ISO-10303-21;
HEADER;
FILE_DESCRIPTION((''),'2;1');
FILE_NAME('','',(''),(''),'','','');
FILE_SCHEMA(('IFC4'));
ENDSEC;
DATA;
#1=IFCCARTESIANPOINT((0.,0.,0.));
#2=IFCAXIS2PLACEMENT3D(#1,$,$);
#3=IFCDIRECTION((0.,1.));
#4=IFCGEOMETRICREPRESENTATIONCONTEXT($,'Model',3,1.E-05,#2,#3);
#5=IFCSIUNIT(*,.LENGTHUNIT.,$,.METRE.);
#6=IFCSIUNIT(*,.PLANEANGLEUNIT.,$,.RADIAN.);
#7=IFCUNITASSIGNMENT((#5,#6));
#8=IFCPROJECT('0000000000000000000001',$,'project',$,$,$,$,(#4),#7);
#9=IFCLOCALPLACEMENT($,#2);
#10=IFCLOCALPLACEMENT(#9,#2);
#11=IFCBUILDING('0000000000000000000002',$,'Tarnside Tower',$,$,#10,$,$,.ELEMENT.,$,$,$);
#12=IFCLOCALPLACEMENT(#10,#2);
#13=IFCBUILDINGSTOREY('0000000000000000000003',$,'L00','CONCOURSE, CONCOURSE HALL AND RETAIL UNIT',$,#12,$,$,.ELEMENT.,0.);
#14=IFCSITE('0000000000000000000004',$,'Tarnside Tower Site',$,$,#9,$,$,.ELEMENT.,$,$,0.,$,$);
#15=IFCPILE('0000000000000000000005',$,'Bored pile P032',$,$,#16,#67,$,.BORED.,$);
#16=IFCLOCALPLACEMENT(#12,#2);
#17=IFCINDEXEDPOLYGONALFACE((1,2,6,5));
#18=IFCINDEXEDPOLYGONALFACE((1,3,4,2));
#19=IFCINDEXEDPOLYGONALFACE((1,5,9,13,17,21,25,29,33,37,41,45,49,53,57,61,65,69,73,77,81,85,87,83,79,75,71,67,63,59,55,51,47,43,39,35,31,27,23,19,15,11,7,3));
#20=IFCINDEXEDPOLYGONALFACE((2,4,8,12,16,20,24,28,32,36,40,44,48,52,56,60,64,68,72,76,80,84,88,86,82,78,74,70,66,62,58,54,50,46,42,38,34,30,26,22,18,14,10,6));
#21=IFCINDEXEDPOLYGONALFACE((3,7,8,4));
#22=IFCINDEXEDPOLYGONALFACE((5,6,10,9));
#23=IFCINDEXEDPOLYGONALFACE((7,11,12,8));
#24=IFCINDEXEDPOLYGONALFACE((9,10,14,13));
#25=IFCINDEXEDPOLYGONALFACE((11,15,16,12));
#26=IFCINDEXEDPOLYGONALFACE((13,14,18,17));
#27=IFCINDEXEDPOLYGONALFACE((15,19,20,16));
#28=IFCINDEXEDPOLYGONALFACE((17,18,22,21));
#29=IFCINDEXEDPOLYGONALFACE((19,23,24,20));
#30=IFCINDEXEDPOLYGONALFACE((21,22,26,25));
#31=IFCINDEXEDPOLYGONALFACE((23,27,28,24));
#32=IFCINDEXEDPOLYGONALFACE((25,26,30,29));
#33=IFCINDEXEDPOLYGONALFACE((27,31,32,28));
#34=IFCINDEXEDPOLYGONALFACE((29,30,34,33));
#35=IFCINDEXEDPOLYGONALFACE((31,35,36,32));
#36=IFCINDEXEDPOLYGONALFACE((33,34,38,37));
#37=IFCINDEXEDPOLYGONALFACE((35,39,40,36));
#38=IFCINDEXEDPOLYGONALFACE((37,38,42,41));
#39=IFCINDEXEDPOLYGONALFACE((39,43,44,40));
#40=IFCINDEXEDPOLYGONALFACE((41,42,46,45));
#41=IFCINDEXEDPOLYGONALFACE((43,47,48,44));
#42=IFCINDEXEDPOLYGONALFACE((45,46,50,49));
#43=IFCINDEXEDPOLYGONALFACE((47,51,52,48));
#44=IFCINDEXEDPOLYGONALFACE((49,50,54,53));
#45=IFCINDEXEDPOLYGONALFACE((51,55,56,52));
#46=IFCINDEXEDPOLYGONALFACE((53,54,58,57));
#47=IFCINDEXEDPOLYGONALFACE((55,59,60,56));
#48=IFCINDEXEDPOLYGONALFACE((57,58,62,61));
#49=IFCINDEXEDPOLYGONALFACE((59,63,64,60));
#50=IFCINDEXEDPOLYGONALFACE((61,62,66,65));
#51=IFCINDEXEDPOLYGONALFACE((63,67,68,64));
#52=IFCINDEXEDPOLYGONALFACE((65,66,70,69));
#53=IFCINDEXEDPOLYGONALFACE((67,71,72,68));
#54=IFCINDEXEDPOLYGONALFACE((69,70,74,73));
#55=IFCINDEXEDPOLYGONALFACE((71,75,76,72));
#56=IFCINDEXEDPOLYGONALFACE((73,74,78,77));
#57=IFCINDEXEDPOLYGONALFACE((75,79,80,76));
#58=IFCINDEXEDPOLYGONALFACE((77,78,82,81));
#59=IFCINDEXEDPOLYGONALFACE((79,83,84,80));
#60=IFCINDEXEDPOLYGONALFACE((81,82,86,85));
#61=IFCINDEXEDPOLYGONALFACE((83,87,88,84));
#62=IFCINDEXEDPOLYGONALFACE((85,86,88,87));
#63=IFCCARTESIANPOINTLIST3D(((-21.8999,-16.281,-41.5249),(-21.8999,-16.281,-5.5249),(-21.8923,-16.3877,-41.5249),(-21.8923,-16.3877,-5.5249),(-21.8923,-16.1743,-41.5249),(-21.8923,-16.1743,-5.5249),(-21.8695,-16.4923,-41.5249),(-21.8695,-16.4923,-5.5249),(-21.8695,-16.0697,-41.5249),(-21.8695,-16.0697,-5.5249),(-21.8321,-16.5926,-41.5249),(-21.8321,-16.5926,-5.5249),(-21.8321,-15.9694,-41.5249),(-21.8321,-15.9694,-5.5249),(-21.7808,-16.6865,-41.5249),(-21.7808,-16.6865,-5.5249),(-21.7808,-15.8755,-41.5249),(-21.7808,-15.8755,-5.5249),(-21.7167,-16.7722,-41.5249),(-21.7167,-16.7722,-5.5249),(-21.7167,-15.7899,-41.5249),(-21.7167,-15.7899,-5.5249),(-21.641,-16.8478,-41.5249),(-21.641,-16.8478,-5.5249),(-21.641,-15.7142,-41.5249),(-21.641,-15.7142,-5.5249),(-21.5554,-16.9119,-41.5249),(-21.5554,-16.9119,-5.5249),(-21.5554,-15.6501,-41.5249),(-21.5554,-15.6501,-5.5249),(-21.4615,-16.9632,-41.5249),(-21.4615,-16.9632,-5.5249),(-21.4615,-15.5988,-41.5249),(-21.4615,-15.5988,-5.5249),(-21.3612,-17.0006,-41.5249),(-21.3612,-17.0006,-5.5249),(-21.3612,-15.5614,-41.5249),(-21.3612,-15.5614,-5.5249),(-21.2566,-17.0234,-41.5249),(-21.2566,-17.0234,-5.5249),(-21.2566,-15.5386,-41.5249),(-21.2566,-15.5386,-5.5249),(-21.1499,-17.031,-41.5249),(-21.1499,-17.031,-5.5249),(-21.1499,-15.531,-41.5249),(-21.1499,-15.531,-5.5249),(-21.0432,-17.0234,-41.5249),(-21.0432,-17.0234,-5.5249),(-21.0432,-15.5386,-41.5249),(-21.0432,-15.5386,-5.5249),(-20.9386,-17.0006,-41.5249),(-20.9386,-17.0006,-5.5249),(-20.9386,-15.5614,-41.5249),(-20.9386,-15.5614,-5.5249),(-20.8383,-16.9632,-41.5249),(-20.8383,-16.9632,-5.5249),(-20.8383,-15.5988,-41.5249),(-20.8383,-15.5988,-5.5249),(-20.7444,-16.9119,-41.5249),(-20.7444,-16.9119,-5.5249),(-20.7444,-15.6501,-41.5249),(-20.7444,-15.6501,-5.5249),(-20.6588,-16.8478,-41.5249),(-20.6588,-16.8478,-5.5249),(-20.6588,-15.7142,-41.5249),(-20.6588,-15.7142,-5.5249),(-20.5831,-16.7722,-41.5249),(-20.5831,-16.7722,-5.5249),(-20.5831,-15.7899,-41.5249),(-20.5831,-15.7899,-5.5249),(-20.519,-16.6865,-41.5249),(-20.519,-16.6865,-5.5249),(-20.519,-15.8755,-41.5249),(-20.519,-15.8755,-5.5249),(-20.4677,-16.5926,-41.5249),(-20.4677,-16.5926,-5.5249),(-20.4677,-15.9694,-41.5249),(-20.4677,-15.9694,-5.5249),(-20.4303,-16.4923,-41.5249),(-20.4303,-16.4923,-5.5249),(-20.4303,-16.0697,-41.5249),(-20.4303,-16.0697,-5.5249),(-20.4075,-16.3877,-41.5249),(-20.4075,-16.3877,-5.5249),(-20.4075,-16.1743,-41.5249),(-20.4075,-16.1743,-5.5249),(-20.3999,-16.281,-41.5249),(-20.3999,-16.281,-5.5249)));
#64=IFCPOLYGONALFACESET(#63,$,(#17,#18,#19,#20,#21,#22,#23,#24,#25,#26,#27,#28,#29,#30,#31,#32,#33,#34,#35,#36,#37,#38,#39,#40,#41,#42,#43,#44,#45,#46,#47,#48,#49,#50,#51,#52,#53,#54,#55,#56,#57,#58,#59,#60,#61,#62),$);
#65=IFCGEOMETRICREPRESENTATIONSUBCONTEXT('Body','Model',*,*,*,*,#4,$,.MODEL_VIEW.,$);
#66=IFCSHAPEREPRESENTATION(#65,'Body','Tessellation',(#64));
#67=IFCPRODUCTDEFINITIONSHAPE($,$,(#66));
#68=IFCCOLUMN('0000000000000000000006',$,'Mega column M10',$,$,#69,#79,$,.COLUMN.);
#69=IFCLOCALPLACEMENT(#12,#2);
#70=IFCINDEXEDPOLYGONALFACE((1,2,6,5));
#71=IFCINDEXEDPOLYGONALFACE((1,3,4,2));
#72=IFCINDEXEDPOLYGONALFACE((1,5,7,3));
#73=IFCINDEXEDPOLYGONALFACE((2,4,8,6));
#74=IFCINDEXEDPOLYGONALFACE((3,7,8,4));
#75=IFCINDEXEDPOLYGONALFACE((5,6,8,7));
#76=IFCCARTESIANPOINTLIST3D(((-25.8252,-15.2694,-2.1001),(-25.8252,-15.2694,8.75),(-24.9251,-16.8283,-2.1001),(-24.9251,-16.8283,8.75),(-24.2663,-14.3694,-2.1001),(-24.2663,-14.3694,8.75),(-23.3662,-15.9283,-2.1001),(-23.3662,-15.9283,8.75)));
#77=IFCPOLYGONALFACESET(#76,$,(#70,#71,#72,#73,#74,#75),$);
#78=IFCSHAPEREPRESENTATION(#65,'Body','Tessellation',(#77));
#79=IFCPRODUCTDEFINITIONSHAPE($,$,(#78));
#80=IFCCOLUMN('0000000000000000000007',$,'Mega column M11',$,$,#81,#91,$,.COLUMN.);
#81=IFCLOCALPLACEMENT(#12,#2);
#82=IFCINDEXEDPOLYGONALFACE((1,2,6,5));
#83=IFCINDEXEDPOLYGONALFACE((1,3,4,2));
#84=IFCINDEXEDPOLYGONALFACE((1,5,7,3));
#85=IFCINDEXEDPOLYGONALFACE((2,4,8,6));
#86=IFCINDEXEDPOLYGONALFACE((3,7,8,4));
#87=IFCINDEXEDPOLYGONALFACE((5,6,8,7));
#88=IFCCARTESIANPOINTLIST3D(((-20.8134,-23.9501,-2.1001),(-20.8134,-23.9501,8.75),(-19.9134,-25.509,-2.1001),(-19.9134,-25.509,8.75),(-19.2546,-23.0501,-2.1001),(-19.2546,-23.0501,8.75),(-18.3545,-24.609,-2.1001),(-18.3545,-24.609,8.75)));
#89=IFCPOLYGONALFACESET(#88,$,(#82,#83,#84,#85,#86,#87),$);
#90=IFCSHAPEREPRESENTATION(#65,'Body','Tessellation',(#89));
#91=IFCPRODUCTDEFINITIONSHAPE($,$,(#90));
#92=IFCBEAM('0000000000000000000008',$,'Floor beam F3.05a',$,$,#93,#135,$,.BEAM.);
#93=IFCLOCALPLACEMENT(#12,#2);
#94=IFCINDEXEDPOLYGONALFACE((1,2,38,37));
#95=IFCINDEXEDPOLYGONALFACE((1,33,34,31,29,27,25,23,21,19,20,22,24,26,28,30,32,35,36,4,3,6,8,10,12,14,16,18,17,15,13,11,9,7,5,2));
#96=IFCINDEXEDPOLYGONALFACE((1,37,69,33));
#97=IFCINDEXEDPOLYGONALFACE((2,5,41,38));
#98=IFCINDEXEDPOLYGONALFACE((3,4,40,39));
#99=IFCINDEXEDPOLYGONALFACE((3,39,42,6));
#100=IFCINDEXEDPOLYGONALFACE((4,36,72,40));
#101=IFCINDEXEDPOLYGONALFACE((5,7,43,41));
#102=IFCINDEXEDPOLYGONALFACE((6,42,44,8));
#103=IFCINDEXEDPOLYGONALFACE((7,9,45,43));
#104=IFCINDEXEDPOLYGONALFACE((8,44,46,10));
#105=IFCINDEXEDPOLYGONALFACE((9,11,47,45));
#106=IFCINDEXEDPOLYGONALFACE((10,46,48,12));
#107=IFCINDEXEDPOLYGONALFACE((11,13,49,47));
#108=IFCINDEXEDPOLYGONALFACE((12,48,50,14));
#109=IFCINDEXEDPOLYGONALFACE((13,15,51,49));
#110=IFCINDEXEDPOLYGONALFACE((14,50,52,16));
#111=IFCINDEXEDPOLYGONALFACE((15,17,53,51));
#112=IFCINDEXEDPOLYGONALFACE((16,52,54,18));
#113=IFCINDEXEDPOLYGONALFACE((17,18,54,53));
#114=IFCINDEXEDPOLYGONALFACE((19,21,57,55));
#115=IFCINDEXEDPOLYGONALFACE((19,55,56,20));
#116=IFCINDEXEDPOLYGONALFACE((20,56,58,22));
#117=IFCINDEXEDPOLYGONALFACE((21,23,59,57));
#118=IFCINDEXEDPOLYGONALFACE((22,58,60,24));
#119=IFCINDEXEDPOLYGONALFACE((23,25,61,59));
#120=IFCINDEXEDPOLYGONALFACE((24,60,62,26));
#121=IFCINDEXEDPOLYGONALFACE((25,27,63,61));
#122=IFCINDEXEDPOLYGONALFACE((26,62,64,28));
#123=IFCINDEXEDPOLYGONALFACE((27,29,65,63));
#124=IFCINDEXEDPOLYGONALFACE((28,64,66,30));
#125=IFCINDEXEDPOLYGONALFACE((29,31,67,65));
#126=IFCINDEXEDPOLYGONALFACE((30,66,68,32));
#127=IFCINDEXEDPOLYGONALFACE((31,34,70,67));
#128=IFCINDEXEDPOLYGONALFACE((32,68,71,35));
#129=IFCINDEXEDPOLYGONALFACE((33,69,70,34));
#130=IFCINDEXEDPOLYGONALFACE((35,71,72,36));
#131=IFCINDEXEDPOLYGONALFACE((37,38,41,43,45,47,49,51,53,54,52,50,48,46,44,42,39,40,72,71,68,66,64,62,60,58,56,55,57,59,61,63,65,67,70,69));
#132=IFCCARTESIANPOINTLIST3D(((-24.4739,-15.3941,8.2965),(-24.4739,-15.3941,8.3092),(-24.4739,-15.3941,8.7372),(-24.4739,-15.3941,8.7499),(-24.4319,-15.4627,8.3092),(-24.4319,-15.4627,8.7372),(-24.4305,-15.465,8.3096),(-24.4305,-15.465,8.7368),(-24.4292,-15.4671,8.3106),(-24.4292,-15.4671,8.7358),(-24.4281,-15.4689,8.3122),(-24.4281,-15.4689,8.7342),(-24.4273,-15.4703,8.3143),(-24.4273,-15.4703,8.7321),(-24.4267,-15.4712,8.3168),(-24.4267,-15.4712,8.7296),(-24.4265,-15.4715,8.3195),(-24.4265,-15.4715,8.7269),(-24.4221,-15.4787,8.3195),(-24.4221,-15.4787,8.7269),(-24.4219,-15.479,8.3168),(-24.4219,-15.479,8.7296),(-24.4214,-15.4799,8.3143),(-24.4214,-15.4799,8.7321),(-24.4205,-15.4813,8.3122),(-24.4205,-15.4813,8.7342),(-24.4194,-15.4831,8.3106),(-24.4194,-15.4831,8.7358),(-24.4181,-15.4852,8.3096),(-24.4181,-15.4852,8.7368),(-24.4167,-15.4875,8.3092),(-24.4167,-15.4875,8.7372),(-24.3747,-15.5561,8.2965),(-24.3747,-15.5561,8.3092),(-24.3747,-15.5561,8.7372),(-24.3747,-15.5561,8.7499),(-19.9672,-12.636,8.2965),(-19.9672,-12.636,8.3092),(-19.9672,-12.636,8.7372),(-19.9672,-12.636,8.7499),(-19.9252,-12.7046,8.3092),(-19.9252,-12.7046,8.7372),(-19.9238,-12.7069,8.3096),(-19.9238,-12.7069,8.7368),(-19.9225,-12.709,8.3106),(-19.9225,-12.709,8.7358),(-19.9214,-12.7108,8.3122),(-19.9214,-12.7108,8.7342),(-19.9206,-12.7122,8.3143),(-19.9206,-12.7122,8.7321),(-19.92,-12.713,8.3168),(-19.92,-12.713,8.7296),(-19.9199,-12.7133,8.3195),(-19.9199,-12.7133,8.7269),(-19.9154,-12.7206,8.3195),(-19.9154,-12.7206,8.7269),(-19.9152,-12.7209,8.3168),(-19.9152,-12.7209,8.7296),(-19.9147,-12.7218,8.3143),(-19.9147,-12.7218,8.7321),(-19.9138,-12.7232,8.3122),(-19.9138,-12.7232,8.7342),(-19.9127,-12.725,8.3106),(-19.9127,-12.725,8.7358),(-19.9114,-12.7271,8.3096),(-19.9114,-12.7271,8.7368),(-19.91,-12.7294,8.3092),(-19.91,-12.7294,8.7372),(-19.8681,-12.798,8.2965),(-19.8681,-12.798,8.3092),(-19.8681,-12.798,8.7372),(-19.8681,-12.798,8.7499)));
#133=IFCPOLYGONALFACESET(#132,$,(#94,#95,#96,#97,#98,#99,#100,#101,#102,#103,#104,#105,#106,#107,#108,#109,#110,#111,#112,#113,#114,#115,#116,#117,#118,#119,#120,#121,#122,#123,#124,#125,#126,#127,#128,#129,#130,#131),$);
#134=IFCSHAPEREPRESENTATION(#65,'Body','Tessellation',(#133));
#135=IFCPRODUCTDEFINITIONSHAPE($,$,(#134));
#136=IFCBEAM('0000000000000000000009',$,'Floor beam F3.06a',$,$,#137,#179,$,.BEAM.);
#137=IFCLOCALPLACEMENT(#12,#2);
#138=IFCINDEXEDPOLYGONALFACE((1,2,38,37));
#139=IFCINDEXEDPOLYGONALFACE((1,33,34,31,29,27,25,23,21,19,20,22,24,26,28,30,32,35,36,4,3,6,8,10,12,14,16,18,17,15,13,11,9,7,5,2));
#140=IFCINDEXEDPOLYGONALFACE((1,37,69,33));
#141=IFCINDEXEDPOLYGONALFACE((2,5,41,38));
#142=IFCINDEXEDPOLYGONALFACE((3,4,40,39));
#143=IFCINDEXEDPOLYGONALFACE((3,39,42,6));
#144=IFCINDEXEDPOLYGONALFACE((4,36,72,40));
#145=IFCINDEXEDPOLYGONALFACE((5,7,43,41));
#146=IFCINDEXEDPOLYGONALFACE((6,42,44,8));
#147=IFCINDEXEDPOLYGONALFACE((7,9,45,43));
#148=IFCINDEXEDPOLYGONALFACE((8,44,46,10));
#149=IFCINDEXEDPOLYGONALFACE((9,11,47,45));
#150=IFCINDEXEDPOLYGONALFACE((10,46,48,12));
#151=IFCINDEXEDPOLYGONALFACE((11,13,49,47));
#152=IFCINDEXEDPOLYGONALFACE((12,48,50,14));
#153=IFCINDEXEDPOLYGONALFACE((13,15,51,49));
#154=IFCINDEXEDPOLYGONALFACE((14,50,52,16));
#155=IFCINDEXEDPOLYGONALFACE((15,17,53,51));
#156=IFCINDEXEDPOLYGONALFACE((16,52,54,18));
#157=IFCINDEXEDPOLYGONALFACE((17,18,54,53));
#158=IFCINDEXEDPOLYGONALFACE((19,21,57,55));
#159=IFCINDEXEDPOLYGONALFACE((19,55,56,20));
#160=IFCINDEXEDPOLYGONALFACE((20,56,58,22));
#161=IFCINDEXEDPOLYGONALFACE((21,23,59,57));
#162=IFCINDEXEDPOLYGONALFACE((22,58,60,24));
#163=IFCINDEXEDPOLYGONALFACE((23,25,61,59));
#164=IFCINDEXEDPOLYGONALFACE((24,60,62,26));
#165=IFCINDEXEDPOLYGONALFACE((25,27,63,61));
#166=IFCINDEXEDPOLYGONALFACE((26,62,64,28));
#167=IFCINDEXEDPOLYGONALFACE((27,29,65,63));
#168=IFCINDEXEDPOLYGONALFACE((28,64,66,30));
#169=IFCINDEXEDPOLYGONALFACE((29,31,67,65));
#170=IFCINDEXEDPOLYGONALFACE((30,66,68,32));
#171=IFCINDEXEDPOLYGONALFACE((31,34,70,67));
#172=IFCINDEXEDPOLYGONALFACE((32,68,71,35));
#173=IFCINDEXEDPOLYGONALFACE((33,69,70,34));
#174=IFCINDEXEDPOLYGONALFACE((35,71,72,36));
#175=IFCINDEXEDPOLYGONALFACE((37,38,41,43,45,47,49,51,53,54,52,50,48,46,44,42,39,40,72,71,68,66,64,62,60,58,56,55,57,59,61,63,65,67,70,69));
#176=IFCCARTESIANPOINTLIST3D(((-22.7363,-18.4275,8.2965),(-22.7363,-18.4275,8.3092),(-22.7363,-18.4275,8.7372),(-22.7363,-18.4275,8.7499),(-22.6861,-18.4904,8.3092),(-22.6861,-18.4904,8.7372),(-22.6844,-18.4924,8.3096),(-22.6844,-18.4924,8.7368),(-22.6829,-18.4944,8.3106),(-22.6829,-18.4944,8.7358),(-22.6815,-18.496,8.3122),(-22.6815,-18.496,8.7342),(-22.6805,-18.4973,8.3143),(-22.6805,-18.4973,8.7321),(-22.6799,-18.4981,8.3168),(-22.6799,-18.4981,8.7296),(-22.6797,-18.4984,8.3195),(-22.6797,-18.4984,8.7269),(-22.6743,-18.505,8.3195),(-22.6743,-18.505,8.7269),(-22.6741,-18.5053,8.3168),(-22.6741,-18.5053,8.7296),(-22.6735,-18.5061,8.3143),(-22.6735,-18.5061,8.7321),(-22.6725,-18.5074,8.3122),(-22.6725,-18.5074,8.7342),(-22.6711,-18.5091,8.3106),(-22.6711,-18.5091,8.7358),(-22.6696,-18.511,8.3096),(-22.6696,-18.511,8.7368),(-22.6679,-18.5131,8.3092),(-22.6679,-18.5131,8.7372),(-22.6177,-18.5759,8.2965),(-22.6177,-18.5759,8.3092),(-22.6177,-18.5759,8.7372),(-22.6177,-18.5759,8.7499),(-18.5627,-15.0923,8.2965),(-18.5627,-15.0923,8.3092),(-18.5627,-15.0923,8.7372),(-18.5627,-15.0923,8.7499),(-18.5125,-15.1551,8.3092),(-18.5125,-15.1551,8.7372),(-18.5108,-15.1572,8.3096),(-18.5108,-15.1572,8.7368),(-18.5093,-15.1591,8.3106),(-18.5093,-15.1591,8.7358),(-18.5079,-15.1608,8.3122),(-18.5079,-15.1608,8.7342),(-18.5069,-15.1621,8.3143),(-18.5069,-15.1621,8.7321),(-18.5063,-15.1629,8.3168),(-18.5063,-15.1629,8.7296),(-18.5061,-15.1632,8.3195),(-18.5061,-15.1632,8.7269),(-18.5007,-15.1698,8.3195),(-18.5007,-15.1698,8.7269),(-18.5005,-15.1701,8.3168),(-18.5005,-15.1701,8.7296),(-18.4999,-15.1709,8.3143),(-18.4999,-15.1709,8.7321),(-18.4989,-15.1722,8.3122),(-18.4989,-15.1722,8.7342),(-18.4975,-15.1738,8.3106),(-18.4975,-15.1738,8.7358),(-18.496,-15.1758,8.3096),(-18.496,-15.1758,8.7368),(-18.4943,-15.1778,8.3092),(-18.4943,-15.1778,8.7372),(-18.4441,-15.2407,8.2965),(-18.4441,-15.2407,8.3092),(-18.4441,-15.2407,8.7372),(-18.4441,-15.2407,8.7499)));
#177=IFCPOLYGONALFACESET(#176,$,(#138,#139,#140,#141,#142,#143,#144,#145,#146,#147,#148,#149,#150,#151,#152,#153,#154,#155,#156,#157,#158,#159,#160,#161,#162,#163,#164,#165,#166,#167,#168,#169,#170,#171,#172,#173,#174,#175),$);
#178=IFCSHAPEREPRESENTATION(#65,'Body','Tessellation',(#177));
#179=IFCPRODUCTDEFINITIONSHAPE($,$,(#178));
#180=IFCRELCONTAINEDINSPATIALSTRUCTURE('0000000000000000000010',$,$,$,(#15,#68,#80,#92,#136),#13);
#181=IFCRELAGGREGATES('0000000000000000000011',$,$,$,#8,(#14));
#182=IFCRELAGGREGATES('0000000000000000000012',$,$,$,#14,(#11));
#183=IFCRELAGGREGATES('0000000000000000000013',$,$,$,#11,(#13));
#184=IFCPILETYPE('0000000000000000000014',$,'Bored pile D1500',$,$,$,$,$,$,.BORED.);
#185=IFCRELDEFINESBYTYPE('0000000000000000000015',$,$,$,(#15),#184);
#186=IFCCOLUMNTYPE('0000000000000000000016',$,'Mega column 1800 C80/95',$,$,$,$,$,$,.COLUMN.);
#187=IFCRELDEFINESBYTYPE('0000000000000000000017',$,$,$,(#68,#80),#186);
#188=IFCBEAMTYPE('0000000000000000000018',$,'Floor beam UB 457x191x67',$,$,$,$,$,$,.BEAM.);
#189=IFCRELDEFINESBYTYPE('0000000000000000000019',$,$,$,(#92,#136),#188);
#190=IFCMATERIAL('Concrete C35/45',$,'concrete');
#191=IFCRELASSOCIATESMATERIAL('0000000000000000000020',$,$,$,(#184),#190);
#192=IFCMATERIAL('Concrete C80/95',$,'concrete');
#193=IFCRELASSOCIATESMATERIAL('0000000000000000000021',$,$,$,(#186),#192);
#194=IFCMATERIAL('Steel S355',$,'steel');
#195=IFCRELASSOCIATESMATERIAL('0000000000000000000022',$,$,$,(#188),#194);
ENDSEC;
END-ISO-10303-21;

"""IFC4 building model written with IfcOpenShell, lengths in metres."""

from ifc_helpers import new_model, si_unit, direction, frame, origin, origin_2d, place, context, subcontext, project, spatial, rectangle, circle, i_section, extrude, material, material_profile, profile_set, type_object, element, save


model = new_model("IFC4")

# Units and contexts
model_context = context("Model", 3, precision=1e-05, world=origin(), true_north=direction((0.0, 1.0)))
body_context = subcontext(model_context, "Body", "Model", "MODEL_VIEW")
ifc_project = project(units=[si_unit("LENGTHUNIT", "METRE"), si_unit("PLANEANGLEUNIT", "RADIAN")], contexts=[model_context])

# Site, building, storey
site_placement = place(None, origin())
site = spatial("IfcSite", under=ifc_project, at=site_placement, Name="Tarnside Tower Site", CompositionType="ELEMENT", RefElevation=0.0)
building_placement = place(site_placement, origin())
building = spatial("IfcBuilding", under=site, at=building_placement, Name="Tarnside Tower", CompositionType="ELEMENT")
storey_placement = place(building_placement, origin())
storey = spatial("IfcBuildingStorey", under=building, at=storey_placement, Name="L00", Description="CONCOURSE, CONCOURSE HALL AND RETAIL UNIT", CompositionType="ELEMENT", Elevation=0.0)

# Pile
ifc_material_1 = material(Name="Concrete C35/45", Category="concrete")
ifc_material_profile_1 = material_profile(ifc_material_1, circle(Radius=0.75, at=origin_2d()), Name="Bored pile D1500")
ifc_profile_set_1 = profile_set([ifc_material_profile_1], Name="Concrete C35/45")
pile_type = type_object("IfcPileType", Name="Bored pile D1500", PredefinedType="BORED", material=ifc_profile_set_1)
for number, where, z_axis, x_axis, name in (
    (1, (-21.1499, -16.281, -5.5249), (0.0, 0.0, -1.0), (1.0, 0.0, 0.0), "Bored pile P032"),
):
    element("IfcPile", number, at=place(storey_placement, frame(where, z_axis=z_axis, x_axis=x_axis)), inside=storey, type_object=pile_type, Name=name, PredefinedType="BORED", context=body_context, shape_type="SweptSolid", body=[
        extrude(circle(Radius=0.75, at=origin_2d()), origin(), (0.0, 0.0, 1.0), 36.0),
    ])

# Columns
ifc_material_2 = material(Name="Concrete C80/95", Category="concrete")
ifc_material_profile_2 = material_profile(ifc_material_2, rectangle(XDim=1.8, YDim=1.8, at=origin_2d()), Name="Mega column 1800x1800")
ifc_profile_set_2 = profile_set([ifc_material_profile_2], Name="Concrete C80/95")
column_type = type_object("IfcColumnType", Name="Mega column 1800 C80/95", PredefinedType="COLUMN", material=ifc_profile_set_2)
for number, where, z_axis, x_axis, name in (
    (2, (-24.5957, -15.5989, -2.1001), (0.0, 0.0, 1.0), (-0.5, 0.866025, 0.0), "Mega column M10"),
    (3, (-19.584, -24.2795, -2.1001), (0.0, 0.0, 1.0), (-0.5, 0.866025, 0.0), "Mega column M11"),
):
    element("IfcColumn", number, at=place(storey_placement, frame(where, z_axis=z_axis, x_axis=x_axis)), inside=storey, type_object=column_type, Name=name, PredefinedType="COLUMN", context=body_context, shape_type="SweptSolid", body=[
        extrude(rectangle(XDim=1.8, YDim=1.8, at=origin_2d()), origin(), (0.0, 0.0, 1.0), 10.8501),
    ])

# Beams
ifc_material_3 = material(Name="Steel S355", Category="steel")
ifc_material_profile_3 = material_profile(ifc_material_3, i_section(OverallWidth=0.1899, OverallDepth=0.4534, WebThickness=0.0085, FlangeThickness=0.0127, FilletRadius=0.0103, at=origin_2d()), Name="UB 457x191x67")
ifc_profile_set_3 = profile_set([ifc_material_profile_3], Name="Steel S355")
beam_type_1 = type_object("IfcBeamType", Name="Floor beam UB 457x191x67", PredefinedType="BEAM", material=ifc_profile_set_3)
beam_1_placement = place(storey_placement, frame((-24.4243, -15.4751, 8.5232), z_axis=(0.852942, 0.522005, 0.0), x_axis=(-0.522005, 0.852942, 0.0)))
element("IfcBeam", 4, at=beam_1_placement, inside=storey, type_object=beam_type_1, Name="Floor beam F3.05a", PredefinedType="BEAM", context=body_context, shape_type="SweptSolid", body=[
    extrude(i_section(OverallWidth=0.1899, OverallDepth=0.4534, WebThickness=0.0085, FlangeThickness=0.0127, FilletRadius=0.0103, at=origin_2d()), origin(), (0.0, 0.0, 1.0), 5.2837),
])
beam_2_placement = place(storey_placement, frame((-22.677, -18.5017, 8.5232), z_axis=(0.781203, 0.624277, 0.0), x_axis=(-0.624277, 0.781203, 0.0)))
element("IfcBeam", 5, at=beam_2_placement, inside=storey, type_object=beam_type_1, Name="Floor beam F3.06a", PredefinedType="BEAM", context=body_context, shape_type="SweptSolid", body=[
    extrude(i_section(OverallWidth=0.1899, OverallDepth=0.4534, WebThickness=0.0085, FlangeThickness=0.0127, FilletRadius=0.0103, at=origin_2d()), origin(), (0.0, 0.0, 1.0), 5.3425),
])

save(model, "model.ifc")
